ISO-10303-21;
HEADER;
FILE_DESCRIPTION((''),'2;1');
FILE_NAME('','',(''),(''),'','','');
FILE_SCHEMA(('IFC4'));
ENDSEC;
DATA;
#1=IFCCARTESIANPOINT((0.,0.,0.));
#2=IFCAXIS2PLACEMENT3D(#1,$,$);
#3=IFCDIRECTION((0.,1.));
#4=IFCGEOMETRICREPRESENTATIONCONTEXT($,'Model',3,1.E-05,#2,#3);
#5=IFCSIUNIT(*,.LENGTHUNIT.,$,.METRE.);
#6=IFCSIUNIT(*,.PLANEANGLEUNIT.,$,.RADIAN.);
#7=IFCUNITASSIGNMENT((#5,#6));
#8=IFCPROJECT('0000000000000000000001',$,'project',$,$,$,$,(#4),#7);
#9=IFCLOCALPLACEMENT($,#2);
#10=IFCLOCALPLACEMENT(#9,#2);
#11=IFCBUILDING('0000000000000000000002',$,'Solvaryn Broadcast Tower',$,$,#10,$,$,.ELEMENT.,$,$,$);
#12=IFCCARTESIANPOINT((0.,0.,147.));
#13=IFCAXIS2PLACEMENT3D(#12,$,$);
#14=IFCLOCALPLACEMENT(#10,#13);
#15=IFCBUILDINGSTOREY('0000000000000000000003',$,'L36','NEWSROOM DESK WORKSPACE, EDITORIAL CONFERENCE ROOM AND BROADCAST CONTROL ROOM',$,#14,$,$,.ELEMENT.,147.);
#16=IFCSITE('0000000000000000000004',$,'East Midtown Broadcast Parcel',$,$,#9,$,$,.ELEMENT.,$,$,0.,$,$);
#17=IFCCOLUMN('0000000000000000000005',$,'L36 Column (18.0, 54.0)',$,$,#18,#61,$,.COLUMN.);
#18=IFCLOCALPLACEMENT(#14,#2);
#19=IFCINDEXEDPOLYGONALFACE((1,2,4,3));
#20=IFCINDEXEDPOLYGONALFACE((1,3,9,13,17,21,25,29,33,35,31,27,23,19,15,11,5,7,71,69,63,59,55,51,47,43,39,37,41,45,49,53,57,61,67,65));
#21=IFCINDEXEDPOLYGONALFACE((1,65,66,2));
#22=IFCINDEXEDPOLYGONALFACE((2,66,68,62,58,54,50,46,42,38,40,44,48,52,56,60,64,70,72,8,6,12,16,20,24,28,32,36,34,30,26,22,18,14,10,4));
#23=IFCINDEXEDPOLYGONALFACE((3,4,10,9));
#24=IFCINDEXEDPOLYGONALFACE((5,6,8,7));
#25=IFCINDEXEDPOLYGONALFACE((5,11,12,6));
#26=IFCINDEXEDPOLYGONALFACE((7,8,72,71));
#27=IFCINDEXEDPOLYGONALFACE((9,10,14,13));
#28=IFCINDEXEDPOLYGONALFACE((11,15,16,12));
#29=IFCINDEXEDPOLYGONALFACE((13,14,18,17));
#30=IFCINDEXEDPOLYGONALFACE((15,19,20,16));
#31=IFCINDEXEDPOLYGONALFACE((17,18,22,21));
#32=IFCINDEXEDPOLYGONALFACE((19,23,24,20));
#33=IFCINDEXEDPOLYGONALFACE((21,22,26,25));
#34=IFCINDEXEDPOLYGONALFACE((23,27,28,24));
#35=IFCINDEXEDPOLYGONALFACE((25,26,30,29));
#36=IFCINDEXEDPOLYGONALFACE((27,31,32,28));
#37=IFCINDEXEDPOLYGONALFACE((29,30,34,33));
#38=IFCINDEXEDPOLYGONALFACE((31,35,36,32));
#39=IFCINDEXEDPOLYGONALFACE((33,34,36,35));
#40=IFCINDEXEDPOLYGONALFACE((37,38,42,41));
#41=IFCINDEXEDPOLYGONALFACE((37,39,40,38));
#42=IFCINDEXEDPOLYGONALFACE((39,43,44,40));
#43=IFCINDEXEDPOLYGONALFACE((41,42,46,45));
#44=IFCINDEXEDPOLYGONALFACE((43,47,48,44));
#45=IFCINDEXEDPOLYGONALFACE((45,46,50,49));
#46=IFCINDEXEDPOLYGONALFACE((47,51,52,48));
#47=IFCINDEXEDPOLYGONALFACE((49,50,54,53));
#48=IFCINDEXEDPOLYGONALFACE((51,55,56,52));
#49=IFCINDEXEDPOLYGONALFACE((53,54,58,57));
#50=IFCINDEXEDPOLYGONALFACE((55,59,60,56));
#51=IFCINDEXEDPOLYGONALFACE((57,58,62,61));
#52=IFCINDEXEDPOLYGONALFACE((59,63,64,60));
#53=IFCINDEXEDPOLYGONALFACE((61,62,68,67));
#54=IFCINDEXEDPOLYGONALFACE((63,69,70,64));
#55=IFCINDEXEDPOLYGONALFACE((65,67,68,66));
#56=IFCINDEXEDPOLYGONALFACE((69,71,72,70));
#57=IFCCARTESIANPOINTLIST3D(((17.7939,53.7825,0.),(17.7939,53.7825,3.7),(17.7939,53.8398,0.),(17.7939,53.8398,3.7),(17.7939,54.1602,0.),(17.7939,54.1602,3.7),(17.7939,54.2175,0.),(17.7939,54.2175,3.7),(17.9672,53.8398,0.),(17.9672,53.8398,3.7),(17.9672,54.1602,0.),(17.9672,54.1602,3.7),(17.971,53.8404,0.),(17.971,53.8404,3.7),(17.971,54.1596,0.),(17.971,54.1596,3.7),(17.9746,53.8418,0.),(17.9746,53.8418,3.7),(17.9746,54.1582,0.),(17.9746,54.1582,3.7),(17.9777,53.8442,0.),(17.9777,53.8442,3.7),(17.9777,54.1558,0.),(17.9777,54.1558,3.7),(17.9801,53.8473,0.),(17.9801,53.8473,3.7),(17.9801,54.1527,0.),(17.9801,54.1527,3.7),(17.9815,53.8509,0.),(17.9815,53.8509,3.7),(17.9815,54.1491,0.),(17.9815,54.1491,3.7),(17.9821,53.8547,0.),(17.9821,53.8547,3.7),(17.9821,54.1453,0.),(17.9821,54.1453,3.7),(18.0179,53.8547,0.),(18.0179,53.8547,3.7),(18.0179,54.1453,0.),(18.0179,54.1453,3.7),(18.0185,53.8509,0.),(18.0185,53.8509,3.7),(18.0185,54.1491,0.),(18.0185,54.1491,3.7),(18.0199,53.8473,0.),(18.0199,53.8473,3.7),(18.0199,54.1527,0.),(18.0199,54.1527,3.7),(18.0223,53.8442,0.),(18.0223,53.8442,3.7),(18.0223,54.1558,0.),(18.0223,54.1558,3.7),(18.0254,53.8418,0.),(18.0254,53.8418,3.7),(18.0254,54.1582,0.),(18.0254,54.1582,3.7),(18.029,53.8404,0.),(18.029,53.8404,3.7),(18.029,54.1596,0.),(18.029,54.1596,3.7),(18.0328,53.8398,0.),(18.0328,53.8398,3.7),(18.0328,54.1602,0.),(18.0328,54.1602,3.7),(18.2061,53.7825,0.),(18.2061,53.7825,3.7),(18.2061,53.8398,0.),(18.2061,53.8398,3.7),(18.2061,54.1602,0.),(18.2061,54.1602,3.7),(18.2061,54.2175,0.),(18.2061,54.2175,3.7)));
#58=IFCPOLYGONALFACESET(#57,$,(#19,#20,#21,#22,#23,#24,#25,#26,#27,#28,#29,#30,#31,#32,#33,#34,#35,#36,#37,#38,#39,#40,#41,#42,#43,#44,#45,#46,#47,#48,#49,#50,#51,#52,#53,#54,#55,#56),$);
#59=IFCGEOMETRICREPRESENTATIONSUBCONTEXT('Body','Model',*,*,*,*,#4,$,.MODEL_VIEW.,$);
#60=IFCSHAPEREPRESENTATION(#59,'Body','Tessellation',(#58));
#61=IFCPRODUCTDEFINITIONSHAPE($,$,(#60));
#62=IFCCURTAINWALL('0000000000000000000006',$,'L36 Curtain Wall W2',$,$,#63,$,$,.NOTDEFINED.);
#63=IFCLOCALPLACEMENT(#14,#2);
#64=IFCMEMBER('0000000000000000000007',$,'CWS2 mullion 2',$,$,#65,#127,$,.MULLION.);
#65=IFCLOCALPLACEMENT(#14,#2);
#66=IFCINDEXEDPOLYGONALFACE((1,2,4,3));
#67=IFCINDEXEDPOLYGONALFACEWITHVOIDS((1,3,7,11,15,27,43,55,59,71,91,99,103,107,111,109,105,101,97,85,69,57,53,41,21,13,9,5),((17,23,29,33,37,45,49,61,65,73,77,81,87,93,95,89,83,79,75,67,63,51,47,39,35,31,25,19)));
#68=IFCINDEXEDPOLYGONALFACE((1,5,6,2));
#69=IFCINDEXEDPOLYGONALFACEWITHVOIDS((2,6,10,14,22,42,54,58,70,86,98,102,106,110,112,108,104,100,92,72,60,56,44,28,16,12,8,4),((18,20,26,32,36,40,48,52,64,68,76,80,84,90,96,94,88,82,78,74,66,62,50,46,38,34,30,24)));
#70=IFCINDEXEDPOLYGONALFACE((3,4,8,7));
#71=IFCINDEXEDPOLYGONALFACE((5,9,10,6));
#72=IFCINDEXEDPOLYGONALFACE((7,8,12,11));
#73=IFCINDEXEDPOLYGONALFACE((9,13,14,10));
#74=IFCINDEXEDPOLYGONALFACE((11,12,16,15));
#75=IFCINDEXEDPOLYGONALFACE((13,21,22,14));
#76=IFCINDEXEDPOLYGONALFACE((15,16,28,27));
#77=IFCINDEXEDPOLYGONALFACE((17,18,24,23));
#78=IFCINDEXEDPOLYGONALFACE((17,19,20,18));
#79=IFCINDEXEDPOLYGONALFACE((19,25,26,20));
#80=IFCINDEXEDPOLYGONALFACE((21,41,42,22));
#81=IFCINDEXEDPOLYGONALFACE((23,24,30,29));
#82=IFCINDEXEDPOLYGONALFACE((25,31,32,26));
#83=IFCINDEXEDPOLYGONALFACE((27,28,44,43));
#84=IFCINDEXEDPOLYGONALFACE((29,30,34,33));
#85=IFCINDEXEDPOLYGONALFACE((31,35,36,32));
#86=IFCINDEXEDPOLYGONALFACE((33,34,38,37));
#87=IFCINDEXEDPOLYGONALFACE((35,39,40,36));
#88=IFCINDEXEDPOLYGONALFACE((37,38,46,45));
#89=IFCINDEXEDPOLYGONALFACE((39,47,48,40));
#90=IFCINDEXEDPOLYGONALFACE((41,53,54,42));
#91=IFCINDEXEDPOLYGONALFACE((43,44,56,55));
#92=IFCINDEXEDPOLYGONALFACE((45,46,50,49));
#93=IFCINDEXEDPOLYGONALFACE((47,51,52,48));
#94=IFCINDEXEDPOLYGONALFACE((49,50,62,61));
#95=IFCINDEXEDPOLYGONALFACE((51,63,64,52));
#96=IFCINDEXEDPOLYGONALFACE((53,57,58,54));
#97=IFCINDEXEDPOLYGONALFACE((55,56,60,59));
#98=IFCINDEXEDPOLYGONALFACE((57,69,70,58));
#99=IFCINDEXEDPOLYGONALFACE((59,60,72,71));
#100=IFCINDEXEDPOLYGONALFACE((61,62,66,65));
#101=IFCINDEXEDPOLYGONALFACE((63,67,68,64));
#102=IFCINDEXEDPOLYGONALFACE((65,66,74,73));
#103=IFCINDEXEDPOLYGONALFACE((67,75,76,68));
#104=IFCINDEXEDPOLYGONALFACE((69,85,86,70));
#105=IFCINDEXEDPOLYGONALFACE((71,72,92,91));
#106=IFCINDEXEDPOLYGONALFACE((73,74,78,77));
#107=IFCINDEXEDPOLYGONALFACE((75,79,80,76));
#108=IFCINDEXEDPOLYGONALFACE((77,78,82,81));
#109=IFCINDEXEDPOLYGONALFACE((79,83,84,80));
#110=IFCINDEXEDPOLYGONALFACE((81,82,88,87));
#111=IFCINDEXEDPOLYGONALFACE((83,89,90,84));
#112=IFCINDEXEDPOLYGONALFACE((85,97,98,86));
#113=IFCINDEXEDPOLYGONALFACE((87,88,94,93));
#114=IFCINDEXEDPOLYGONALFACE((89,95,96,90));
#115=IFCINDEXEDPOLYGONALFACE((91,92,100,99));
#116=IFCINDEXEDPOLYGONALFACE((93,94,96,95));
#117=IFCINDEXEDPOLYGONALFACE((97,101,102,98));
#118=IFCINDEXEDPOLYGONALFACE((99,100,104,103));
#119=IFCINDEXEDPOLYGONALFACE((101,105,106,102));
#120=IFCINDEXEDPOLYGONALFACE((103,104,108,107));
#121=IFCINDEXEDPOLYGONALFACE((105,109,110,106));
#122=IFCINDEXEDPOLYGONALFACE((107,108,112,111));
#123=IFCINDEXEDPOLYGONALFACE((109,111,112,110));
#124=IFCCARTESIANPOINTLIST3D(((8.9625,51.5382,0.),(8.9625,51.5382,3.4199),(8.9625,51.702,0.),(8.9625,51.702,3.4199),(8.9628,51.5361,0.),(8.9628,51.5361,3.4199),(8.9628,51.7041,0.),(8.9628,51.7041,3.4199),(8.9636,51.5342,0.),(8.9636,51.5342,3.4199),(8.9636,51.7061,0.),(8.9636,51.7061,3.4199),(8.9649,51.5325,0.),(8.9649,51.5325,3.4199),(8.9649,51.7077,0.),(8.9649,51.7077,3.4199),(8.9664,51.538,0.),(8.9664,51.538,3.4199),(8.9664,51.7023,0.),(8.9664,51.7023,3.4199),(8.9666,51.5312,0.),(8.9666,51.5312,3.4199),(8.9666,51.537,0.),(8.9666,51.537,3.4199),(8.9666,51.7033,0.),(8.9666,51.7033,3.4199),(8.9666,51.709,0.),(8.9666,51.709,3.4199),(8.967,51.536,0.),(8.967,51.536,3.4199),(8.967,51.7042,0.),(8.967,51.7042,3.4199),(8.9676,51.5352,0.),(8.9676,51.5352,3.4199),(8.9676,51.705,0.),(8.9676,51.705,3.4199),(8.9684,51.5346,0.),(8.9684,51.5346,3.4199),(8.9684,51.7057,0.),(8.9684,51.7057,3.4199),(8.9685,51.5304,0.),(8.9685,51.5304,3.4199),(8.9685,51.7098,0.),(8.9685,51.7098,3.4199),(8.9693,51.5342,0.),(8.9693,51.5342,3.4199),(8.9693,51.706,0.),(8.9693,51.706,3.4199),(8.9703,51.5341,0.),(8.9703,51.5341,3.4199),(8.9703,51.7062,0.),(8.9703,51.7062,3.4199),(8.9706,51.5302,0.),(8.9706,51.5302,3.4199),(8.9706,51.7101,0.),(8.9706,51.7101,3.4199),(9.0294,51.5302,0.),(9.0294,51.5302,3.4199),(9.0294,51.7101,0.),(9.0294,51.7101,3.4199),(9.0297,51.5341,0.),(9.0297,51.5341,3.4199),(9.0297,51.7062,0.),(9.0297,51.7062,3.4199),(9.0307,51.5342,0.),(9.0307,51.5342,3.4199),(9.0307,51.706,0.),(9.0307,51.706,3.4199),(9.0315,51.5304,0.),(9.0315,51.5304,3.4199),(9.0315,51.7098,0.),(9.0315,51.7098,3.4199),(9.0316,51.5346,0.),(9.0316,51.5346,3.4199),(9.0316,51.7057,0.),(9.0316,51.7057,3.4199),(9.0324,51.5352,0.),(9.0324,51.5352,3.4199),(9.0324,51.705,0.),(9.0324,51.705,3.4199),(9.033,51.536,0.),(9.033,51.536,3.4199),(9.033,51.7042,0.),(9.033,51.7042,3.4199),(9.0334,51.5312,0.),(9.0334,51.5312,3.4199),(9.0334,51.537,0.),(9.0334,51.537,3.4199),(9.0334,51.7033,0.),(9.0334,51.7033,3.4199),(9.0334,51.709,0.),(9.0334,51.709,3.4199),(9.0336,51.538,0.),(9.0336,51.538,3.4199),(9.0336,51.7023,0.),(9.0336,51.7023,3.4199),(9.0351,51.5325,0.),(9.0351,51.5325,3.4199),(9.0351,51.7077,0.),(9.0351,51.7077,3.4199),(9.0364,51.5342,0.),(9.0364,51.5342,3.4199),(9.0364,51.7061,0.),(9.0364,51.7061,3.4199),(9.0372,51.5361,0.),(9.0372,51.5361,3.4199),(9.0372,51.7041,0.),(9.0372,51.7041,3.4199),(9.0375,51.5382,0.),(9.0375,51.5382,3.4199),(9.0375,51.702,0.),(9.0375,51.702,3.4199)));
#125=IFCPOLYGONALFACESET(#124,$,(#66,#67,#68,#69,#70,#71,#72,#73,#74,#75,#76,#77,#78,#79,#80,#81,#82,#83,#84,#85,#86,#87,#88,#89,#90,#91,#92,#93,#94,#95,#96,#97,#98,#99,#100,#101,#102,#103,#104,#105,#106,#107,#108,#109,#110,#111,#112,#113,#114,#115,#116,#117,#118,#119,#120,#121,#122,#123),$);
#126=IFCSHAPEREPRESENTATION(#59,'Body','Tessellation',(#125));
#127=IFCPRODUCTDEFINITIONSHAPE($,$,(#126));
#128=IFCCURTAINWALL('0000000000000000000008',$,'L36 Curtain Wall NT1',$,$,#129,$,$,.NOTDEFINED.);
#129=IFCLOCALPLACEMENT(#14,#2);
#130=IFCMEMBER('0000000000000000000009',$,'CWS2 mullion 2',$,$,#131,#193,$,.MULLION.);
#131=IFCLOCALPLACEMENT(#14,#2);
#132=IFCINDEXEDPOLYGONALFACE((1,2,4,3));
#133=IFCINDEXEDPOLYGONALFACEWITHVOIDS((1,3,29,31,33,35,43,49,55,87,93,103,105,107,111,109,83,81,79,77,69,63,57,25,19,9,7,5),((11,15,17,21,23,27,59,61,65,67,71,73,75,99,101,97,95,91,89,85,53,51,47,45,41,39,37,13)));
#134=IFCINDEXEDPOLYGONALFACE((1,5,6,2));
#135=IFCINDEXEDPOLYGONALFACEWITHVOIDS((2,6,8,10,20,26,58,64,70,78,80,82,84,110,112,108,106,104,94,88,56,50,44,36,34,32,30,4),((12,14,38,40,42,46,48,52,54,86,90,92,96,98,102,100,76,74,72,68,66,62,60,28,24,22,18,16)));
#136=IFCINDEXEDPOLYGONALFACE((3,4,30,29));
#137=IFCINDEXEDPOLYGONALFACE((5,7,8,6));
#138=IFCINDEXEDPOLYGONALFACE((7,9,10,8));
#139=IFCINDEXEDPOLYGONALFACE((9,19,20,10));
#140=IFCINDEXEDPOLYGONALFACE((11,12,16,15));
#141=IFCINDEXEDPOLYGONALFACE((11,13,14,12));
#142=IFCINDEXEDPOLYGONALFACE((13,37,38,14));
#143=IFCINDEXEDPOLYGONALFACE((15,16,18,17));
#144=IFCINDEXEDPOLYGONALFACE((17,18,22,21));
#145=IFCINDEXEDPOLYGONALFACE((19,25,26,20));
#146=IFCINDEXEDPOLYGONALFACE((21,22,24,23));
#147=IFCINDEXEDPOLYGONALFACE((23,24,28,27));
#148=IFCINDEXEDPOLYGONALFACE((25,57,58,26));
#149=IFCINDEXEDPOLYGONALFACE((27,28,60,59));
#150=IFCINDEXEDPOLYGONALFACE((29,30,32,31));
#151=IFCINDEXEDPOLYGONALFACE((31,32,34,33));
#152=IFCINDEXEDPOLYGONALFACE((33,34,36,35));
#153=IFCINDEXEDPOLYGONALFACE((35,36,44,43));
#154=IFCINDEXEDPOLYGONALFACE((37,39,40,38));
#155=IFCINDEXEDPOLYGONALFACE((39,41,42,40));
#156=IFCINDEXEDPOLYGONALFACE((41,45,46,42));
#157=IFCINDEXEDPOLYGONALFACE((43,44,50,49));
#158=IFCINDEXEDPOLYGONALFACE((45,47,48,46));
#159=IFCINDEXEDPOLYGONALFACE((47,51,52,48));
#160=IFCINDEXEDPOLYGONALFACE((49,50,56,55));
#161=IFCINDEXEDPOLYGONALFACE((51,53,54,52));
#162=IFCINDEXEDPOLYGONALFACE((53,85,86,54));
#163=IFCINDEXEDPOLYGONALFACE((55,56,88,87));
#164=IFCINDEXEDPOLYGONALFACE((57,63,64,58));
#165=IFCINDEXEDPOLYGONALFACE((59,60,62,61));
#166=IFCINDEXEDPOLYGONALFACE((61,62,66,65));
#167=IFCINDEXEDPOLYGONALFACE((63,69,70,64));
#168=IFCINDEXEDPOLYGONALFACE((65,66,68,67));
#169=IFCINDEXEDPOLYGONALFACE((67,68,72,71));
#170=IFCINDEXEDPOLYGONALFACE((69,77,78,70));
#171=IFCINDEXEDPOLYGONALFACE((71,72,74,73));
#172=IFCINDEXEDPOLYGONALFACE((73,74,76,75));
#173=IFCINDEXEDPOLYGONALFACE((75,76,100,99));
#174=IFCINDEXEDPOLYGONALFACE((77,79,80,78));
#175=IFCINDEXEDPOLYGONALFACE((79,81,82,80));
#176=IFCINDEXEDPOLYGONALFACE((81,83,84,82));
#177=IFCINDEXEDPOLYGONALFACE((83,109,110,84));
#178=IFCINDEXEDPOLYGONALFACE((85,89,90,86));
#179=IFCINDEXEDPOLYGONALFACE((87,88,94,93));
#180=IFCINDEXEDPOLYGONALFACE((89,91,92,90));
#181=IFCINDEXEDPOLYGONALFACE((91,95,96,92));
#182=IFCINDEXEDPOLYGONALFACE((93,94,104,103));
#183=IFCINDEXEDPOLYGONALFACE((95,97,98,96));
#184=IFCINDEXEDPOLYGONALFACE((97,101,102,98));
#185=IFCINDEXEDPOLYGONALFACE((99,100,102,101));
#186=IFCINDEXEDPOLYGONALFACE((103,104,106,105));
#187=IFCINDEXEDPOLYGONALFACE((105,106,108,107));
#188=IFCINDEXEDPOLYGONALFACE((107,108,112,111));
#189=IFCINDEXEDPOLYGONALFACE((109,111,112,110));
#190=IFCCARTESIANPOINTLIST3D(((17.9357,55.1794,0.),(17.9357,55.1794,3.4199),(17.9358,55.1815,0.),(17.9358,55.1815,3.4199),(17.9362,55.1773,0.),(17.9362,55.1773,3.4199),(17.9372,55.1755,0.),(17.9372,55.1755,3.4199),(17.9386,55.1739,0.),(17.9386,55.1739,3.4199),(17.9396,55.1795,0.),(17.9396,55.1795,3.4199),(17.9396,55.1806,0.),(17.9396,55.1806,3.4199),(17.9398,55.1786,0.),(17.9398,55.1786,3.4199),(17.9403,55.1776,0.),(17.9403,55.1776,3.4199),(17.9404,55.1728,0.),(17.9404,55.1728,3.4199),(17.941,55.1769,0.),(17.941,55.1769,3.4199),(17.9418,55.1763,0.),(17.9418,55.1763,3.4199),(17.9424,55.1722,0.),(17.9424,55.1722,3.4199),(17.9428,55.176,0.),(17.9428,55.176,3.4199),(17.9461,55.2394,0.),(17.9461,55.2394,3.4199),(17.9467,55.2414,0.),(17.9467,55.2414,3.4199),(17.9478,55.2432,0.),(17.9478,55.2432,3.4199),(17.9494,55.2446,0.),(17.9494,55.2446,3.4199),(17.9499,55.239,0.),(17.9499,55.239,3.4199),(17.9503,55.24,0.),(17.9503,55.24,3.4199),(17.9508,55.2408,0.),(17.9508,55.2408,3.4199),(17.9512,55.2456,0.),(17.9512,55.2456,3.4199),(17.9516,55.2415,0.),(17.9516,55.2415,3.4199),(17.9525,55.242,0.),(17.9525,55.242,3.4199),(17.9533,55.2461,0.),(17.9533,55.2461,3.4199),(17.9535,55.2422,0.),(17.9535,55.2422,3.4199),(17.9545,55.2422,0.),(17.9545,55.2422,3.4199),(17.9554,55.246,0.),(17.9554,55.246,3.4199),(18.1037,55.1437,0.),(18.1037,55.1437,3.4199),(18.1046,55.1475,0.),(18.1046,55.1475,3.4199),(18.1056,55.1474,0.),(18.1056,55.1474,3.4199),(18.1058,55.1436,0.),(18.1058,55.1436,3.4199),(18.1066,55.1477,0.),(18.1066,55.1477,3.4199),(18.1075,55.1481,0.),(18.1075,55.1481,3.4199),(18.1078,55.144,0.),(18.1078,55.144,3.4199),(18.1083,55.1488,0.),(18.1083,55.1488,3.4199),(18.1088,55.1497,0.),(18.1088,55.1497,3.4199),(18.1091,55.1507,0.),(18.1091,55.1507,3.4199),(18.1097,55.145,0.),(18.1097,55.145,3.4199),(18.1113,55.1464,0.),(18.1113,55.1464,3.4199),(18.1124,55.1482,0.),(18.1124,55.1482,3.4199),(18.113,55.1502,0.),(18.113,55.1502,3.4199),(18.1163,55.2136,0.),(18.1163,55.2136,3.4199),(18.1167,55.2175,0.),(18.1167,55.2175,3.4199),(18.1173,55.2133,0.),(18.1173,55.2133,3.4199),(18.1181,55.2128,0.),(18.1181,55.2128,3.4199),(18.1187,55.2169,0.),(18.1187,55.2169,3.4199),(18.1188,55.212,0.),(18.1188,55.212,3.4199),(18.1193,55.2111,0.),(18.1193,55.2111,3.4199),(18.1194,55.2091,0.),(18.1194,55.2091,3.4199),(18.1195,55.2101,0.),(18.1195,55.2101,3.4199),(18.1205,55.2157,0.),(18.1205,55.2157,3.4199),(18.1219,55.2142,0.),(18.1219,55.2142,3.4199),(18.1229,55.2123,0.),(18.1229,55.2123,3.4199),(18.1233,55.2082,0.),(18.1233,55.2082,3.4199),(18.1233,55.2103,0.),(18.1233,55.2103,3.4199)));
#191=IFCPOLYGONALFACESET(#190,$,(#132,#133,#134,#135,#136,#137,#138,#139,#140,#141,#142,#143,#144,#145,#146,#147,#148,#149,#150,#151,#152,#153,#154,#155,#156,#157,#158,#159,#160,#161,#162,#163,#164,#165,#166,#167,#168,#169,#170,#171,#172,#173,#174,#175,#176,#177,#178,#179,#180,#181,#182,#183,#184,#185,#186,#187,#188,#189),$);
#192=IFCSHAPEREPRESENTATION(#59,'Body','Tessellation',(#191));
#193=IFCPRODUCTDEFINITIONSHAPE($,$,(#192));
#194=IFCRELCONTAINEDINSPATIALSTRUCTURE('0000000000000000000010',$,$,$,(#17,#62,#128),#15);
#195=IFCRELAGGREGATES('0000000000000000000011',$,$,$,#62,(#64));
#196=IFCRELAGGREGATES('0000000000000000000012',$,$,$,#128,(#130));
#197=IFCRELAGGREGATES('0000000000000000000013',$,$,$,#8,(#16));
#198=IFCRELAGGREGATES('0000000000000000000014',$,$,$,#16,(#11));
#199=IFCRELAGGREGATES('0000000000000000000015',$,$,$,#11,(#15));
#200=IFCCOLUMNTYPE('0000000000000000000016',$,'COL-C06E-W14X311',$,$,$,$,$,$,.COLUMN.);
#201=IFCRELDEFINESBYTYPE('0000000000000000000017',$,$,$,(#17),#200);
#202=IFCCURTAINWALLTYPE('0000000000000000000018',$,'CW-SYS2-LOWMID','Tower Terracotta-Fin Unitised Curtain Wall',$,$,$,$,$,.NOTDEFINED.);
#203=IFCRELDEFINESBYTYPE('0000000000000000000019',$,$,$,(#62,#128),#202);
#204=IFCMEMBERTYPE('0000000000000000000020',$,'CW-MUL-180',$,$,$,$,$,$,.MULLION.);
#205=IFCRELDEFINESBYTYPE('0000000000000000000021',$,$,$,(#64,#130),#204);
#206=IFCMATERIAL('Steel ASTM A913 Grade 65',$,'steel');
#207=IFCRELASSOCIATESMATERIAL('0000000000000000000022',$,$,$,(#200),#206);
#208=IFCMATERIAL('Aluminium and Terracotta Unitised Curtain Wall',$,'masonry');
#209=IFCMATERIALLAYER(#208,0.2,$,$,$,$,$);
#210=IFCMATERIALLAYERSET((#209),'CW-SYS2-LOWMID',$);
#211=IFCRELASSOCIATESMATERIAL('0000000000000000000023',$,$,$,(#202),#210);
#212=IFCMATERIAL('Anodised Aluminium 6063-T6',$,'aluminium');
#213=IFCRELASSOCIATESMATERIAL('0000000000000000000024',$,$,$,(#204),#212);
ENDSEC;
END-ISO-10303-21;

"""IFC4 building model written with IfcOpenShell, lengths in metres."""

from ifc_helpers import new_model, si_unit, direction, frame, origin, origin_2d, place, context, subcontext, project, spatial, hollow_rectangle, i_section, extrude, material, layer, layer_set, material_profile, profile_set, type_object, element, aggregate, save


model = new_model("IFC4")

# Units and contexts
model_context = context("Model", 3, precision=1e-05, world=origin(), true_north=direction((0.0, 1.0)))
body_context = subcontext(model_context, "Body", "Model", "MODEL_VIEW")
ifc_project = project(units=[si_unit("LENGTHUNIT", "METRE"), si_unit("PLANEANGLEUNIT", "RADIAN")], contexts=[model_context])

# Site, building, storey
site_placement = place(None, origin())
site = spatial("IfcSite", under=ifc_project, at=site_placement, Name="East Midtown Broadcast Parcel", CompositionType="ELEMENT", RefElevation=0.0)
building_placement = place(site_placement, origin())
building = spatial("IfcBuilding", under=site, at=building_placement, Name="Solvaryn Broadcast Tower", CompositionType="ELEMENT")
storey_placement = place(building_placement, frame((0.0, 0.0, 147.0)))
storey = spatial("IfcBuildingStorey", under=building, at=storey_placement, Name="L36", Description="NEWSROOM DESK WORKSPACE, EDITORIAL CONFERENCE ROOM AND BROADCAST CONTROL ROOM", CompositionType="ELEMENT", Elevation=147.0)

# Column
ifc_material_1 = material(Name="Steel ASTM A913 Grade 65", Category="steel")
ifc_material_profile_1 = material_profile(ifc_material_1, i_section(OverallWidth=0.4121, OverallDepth=0.4351, WebThickness=0.0359, FlangeThickness=0.0574, FilletRadius=0.0149, at=origin_2d()))
ifc_profile_set_1 = profile_set([ifc_material_profile_1], Name="Steel ASTM A913 Grade 65")
column_type = type_object("IfcColumnType", Name="COL-C06E-W14X311", PredefinedType="COLUMN", material=ifc_profile_set_1)
column_placement = place(storey_placement, frame((18.0, 54.0, 0.0), z_axis=(0.0, 0.0, 1.0), x_axis=(1.0, 0.0, 0.0)))
element("IfcColumn", 1, at=column_placement, inside=storey, type_object=column_type, Name="L36 Column (18.0, 54.0)", PredefinedType="COLUMN", context=body_context, shape_type="SweptSolid", body=[
    extrude(i_section(OverallWidth=0.4121, OverallDepth=0.4351, WebThickness=0.0359, FlangeThickness=0.0574, FilletRadius=0.0149, at=origin_2d()), origin(), (0.0, 0.0, 1.0), 3.7),
])

# Curtain walls, members
ifc_material_2 = material(Name="Aluminium and Terracotta Unitised Curtain Wall", Category="masonry")
ifc_layer_1 = layer(ifc_material_2, 0.2)
ifc_layer_set_1 = layer_set([ifc_layer_1], Name="CW-SYS2-LOWMID")
curtain_wall_type = type_object("IfcCurtainWallType", Name="CW-SYS2-LOWMID", Description="Tower Terracotta-Fin Unitised Curtain Wall", PredefinedType="NOTDEFINED", material=ifc_layer_set_1)
curtain_wall_1_placement = place(storey_placement, origin())
curtain_wall_1 = element("IfcCurtainWall", 2, at=curtain_wall_1_placement, inside=storey, type_object=curtain_wall_type, Name="L36 Curtain Wall W2", PredefinedType="NOTDEFINED")
ifc_material_3 = material(Name="Anodised Aluminium 6063-T6", Category="aluminium")
ifc_material_profile_2 = material_profile(ifc_material_3, hollow_rectangle(XDim=0.075, YDim=0.1799, WallThickness=0.0039, InnerFilletRadius=0.0039, OuterFilletRadius=0.0081, at=origin_2d()))
ifc_profile_set_2 = profile_set([ifc_material_profile_2], Name="Anodised Aluminium 6063-T6")
member_type_1 = type_object("IfcMemberType", Name="CW-MUL-180", PredefinedType="MULLION", material=ifc_profile_set_2)
member_1_placement = place(storey_placement, frame((9.0, 51.6201, 0.0), z_axis=(0.0, 0.0, 1.0), x_axis=(-1.0, 0.0, 0.0)))
member_1 = element("IfcMember", 3, at=member_1_placement, type_object=member_type_1, Name="CWS2 mullion 2", PredefinedType="MULLION", context=body_context, shape_type="SweptSolid", body=[
    extrude(hollow_rectangle(XDim=0.075, YDim=0.1799, WallThickness=0.0039, InnerFilletRadius=0.0039, OuterFilletRadius=0.0081, at=origin_2d()), origin(), (0.0, 0.0, 1.0), 3.4199),
])
curtain_wall_2_placement = place(storey_placement, origin())
curtain_wall_2 = element("IfcCurtainWall", 4, at=curtain_wall_2_placement, inside=storey, type_object=curtain_wall_type, Name="L36 Curtain Wall NT1", PredefinedType="NOTDEFINED")
member_2_placement = place(storey_placement, frame((18.0295, 55.1948, 0.0), z_axis=(0.0, 0.0, 1.0), x_axis=(-0.173785, -0.984784, 0.0)))
member_2 = element("IfcMember", 5, at=member_2_placement, type_object=member_type_1, Name="CWS2 mullion 2", PredefinedType="MULLION", context=body_context, shape_type="SweptSolid", body=[
    extrude(hollow_rectangle(XDim=0.075, YDim=0.1799, WallThickness=0.0039, InnerFilletRadius=0.0039, OuterFilletRadius=0.0081, at=origin_2d()), origin(), (0.0, 0.0, 1.0), 3.4199),
])

aggregate(curtain_wall_1, [member_1])
aggregate(curtain_wall_2, [member_2])

save(model, "model.ifc")
